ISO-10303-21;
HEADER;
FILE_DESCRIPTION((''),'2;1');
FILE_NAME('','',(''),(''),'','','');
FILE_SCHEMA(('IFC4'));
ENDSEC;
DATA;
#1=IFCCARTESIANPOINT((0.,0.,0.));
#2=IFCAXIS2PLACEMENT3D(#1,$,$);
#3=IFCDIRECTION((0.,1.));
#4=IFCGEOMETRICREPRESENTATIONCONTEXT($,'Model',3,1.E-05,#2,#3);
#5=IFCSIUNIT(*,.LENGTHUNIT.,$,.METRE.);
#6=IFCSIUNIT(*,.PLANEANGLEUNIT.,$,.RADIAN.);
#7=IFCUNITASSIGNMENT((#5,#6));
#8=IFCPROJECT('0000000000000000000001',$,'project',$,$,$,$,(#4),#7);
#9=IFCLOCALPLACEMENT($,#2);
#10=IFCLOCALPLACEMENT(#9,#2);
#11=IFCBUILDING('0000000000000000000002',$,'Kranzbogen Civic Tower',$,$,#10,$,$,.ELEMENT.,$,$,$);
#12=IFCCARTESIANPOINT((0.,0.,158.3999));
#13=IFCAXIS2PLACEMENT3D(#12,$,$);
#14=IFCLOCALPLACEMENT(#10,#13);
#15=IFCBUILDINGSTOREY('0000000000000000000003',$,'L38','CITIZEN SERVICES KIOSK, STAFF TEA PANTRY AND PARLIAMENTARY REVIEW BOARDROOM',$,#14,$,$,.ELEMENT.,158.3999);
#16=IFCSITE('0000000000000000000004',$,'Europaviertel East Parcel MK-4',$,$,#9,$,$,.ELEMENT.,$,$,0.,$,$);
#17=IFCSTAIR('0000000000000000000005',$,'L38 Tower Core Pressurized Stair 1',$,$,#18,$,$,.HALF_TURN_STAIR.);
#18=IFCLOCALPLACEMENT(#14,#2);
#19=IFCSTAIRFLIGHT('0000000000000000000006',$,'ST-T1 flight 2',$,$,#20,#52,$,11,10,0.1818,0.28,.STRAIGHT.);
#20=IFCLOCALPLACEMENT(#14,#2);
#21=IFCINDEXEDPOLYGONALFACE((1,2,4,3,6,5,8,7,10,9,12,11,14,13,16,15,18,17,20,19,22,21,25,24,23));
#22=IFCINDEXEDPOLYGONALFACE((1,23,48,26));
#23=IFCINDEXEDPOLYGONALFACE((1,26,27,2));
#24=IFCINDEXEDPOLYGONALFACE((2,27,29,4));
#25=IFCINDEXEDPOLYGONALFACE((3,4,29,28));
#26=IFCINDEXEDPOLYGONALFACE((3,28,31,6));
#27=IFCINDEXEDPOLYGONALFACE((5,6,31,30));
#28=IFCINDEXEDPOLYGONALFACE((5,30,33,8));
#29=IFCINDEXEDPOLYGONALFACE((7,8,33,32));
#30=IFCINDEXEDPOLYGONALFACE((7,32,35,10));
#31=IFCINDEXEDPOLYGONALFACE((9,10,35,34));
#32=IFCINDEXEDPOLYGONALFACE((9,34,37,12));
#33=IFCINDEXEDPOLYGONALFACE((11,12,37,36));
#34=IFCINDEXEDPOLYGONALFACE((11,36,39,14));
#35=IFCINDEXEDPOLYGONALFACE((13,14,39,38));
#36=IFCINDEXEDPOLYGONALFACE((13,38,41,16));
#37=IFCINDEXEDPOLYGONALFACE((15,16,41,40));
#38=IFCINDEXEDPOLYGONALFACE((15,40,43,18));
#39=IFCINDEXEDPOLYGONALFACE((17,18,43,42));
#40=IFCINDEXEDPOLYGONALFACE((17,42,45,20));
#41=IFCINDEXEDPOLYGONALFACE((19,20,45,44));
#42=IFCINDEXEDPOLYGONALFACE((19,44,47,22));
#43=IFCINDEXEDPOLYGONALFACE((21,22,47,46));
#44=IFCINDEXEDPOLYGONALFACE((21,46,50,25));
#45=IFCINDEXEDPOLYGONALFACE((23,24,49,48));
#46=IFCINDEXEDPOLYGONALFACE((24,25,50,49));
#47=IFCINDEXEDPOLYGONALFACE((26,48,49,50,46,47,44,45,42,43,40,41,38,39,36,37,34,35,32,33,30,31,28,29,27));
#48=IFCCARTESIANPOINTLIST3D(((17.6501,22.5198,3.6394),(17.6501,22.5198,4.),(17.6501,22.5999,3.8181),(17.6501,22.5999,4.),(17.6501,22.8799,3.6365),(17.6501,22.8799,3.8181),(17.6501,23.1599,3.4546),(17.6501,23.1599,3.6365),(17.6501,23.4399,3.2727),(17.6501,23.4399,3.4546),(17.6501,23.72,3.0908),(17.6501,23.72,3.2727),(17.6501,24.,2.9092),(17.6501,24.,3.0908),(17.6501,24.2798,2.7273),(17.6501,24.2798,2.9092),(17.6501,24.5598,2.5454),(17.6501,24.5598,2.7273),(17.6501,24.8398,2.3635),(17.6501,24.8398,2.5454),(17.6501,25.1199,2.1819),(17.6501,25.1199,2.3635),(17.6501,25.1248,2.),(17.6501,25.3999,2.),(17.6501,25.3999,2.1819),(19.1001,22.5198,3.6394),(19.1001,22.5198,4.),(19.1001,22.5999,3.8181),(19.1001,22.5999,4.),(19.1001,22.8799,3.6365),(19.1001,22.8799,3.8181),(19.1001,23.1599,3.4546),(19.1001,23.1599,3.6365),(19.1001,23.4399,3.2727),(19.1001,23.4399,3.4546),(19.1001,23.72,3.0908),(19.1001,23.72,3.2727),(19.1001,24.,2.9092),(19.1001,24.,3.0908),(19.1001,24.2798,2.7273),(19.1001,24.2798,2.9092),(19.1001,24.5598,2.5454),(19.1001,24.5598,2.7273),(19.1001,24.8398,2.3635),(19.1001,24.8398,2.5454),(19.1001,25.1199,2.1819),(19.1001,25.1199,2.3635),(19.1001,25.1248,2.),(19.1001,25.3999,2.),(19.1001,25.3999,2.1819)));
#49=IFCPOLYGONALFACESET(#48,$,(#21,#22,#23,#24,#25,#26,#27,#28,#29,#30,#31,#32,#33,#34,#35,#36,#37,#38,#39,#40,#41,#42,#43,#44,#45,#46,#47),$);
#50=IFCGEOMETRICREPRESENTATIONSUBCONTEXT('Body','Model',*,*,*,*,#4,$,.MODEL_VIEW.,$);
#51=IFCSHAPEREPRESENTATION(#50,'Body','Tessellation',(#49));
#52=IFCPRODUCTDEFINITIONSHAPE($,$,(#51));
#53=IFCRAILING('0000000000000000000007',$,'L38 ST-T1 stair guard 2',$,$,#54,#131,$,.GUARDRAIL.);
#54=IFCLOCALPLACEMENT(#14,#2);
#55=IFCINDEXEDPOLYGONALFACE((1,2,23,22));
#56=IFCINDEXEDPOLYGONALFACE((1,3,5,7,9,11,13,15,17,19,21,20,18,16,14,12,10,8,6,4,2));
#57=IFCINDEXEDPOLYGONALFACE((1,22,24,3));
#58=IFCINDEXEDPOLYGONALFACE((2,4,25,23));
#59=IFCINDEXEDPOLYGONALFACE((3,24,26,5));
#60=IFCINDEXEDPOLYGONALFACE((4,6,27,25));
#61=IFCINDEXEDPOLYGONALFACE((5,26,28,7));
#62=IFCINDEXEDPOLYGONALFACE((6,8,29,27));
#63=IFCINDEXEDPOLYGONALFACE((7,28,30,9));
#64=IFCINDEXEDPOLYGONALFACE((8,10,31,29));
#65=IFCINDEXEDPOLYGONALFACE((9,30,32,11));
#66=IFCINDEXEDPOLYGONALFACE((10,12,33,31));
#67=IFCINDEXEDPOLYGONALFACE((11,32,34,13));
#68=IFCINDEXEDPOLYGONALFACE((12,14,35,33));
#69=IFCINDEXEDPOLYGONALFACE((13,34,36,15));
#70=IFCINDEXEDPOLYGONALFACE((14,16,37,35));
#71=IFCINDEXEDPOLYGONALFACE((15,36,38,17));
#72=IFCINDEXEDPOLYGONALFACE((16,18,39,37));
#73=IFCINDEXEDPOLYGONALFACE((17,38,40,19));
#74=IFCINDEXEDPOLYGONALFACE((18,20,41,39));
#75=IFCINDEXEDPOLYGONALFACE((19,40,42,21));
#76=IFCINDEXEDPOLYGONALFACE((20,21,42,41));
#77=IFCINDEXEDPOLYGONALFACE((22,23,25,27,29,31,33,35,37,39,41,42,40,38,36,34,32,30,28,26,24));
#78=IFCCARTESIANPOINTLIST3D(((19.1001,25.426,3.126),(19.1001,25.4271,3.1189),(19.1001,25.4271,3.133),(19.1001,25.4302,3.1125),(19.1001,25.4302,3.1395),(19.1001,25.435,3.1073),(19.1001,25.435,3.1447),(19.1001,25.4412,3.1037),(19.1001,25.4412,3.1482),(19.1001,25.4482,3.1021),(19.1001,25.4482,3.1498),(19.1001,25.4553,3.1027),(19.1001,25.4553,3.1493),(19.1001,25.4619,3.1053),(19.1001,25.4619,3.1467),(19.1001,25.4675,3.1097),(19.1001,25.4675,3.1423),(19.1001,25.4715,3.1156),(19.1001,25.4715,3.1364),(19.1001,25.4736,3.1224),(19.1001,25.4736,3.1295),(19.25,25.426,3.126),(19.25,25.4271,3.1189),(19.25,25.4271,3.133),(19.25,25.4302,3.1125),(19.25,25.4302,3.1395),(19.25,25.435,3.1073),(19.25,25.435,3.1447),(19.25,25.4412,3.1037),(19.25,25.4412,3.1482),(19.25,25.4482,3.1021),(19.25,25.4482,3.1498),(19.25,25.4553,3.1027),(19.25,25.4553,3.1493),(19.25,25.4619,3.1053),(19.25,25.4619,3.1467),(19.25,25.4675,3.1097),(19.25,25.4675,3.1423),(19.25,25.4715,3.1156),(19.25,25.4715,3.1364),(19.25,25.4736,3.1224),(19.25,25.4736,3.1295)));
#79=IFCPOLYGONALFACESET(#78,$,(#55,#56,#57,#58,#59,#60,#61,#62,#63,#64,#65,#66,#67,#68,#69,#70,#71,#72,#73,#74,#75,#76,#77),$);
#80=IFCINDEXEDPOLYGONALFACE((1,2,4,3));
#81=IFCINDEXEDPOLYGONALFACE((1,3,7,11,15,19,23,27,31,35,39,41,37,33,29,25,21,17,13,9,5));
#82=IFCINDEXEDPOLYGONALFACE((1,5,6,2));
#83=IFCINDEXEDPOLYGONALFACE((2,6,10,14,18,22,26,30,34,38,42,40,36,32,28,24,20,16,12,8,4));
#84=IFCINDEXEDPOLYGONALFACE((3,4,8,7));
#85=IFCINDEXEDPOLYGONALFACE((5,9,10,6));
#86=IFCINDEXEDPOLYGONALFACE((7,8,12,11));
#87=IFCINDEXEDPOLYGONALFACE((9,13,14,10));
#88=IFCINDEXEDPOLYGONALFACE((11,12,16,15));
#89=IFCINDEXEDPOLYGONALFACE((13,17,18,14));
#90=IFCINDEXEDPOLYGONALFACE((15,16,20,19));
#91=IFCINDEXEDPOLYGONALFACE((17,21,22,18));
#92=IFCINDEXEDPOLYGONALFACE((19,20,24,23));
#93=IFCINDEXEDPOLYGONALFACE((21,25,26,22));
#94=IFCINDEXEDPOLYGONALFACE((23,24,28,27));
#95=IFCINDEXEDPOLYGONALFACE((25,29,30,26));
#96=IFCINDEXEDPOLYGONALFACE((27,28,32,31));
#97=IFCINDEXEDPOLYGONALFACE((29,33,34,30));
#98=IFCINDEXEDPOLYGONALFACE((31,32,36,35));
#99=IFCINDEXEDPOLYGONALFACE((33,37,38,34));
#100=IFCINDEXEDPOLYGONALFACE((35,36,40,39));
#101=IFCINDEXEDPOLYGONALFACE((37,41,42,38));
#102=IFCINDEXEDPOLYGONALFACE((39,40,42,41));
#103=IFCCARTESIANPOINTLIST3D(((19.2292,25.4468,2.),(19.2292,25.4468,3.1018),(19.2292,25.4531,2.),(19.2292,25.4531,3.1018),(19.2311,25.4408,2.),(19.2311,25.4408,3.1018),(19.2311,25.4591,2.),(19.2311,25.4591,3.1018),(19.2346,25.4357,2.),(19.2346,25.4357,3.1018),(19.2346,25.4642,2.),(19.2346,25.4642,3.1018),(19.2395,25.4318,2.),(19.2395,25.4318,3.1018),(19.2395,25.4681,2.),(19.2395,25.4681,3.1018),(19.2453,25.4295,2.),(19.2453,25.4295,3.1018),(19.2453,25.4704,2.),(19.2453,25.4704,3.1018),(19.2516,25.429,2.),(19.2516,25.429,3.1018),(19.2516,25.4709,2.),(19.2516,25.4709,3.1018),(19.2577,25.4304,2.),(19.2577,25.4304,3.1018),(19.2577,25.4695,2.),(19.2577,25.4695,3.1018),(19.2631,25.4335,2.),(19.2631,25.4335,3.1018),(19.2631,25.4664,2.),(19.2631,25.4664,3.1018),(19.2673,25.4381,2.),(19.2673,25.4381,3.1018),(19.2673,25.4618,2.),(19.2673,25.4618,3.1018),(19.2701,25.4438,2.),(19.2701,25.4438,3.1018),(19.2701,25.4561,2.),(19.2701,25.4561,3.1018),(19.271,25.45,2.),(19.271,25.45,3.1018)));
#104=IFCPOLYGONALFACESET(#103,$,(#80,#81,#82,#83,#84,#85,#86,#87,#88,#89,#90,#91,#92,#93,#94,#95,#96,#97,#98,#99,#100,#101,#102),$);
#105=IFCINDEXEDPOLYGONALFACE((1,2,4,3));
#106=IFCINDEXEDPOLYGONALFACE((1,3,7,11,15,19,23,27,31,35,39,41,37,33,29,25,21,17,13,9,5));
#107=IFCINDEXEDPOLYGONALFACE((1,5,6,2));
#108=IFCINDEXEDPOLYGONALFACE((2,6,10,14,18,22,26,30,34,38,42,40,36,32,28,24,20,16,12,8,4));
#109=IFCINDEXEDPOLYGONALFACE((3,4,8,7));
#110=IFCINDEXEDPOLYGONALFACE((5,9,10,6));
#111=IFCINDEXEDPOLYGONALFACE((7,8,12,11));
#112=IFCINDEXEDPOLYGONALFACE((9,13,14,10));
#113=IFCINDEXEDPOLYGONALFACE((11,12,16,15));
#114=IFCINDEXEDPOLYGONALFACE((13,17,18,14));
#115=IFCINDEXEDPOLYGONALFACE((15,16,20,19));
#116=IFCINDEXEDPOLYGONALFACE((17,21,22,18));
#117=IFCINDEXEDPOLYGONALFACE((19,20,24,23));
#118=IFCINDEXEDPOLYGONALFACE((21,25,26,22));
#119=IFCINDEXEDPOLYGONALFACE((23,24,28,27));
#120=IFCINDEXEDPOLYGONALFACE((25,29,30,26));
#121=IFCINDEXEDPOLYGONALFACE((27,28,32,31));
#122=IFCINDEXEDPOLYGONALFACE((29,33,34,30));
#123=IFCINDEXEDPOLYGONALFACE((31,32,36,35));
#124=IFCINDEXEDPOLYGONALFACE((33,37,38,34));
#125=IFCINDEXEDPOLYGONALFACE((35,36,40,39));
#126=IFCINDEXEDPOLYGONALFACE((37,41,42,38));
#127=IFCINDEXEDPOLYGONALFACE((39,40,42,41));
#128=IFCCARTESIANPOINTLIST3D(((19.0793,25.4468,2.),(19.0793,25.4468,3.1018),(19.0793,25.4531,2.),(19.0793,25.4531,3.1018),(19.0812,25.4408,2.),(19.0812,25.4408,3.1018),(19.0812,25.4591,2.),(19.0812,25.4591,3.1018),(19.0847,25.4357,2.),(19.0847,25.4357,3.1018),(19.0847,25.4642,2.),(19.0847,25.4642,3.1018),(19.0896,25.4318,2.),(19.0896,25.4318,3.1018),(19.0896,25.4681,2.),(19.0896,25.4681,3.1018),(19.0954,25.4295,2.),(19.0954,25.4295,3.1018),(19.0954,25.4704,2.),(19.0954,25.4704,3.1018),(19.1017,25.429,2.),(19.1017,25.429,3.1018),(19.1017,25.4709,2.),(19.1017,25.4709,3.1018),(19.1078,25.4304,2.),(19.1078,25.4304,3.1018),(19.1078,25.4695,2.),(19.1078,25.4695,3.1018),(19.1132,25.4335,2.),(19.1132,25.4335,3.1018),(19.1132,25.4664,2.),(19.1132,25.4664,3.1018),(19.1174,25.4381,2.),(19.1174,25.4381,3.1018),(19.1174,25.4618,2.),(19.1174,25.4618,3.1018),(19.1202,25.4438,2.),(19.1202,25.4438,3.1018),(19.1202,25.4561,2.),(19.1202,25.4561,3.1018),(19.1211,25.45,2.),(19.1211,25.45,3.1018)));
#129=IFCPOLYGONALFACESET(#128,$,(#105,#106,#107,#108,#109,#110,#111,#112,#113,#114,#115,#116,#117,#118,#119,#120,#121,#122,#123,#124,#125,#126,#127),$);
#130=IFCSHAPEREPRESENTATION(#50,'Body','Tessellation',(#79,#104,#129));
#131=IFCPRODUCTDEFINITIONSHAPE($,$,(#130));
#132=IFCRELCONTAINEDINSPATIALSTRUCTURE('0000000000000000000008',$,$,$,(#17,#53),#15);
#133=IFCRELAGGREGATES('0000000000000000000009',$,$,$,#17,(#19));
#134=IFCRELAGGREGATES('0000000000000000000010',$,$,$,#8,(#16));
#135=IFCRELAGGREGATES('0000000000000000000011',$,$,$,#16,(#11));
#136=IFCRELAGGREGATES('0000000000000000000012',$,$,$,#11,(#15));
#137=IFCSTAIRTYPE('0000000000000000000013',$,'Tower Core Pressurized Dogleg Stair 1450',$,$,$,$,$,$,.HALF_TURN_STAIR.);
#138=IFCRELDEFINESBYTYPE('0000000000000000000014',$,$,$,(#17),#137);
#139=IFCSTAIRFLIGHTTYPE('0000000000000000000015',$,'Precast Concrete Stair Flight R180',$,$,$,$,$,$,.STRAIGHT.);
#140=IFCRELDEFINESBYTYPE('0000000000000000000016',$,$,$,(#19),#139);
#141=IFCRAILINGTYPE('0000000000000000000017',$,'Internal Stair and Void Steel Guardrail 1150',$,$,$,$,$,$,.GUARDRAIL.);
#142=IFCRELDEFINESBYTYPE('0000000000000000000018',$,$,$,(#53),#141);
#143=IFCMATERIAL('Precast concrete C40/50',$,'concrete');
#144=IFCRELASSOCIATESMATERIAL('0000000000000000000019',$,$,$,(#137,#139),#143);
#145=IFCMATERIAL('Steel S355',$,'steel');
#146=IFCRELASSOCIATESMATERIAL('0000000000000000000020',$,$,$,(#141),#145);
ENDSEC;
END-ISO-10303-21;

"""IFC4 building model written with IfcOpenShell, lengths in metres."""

from ifc_helpers import new_model, si_unit, direction, frame, origin, origin_2d, place, context, subcontext, project, spatial, polyline, circle, outline, extrude, material, type_object, element, aggregate, save


model = new_model("IFC4")

# Units and contexts
model_context = context("Model", 3, precision=1e-05, world=origin(), true_north=direction((0.0, 1.0)))
body_context = subcontext(model_context, "Body", "Model", "MODEL_VIEW")
ifc_project = project(units=[si_unit("LENGTHUNIT", "METRE"), si_unit("PLANEANGLEUNIT", "RADIAN")], contexts=[model_context])

# Site, building, storey
site_placement = place(None, origin())
site = spatial("IfcSite", under=ifc_project, at=site_placement, Name="Europaviertel East Parcel MK-4", CompositionType="ELEMENT", RefElevation=0.0)
building_placement = place(site_placement, origin())
building = spatial("IfcBuilding", under=site, at=building_placement, Name="Kranzbogen Civic Tower", CompositionType="ELEMENT")
storey_placement = place(building_placement, frame((0.0, 0.0, 158.3999)))
storey = spatial("IfcBuildingStorey", under=building, at=storey_placement, Name="L38", Description="CITIZEN SERVICES KIOSK, STAFF TEA PANTRY AND PARLIAMENTARY REVIEW BOARDROOM", CompositionType="ELEMENT", Elevation=158.3999)

# Shared definitions
ifc_material_1 = material(Name="Steel S355", Category="steel")

# Stair, stair flight
ifc_material_2 = material(Name="Precast concrete C40/50", Category="concrete")
stair_type = type_object("IfcStairType", Name="Tower Core Pressurized Dogleg Stair 1450", PredefinedType="HALF_TURN_STAIR", material=ifc_material_2)
stair_placement = place(storey_placement, origin())
stair = element("IfcStair", 1, at=stair_placement, inside=storey, type_object=stair_type, Name="L38 Tower Core Pressurized Stair 1", PredefinedType="HALF_TURN_STAIR")
stair_flight_type = type_object("IfcStairFlightType", Name="Precast Concrete Stair Flight R180", PredefinedType="STRAIGHT", material=ifc_material_2)
stair_flight_placement = place(storey_placement, frame((18.375, 25.3999, 2.0), z_axis=(0.0, 0.0, 1.0), x_axis=(0.0, -1.0, 0.0)))
stair_flight = element("IfcStairFlight", 2, at=stair_flight_placement, type_object=stair_flight_type, Name="ST-T1 flight 2", NumberOfRisers=11, NumberOfTreads=10, PredefinedType="STRAIGHT", RiserHeight=0.1818, TreadLength=0.28, context=body_context, shape_type="SweptSolid", body=[
    extrude(outline(polyline([(0.0, 0.0), (0.0, 0.1819), (0.28, 0.1819), (0.28, 0.3635), (0.5601, 0.3635), (0.5601, 0.5454), (0.8401, 0.5454), (0.8401, 0.7273), (1.1201, 0.7273), (1.1201, 0.9092), (1.3999, 0.9092), (1.3999, 1.0908), (1.6799, 1.0908), (1.6799, 1.2727), (1.96, 1.2727), (1.96, 1.4546), (2.24, 1.4546), (2.24, 1.6365), (2.52, 1.6365), (2.52, 1.8181), (2.8, 1.8181), (2.8, 2.0), (2.8801, 2.0), (2.8801, 1.6394), (0.2751, 0.0), (0.0, 0.0)])), frame((0.0, 0.7251, 0.0), z_axis=(0.0, -1.0, 0.0), x_axis=(1.0, 0.0, 0.0)), (0.0, 0.0, 1.0), 1.45),
])
aggregate(stair, [stair_flight])

# Railing
railing_type_1 = type_object("IfcRailingType", Name="Internal Stair and Void Steel Guardrail 1150", PredefinedType="GUARDRAIL", material=ifc_material_1)
railing_1_placement = place(storey_placement, frame((19.25, 25.45, 2.0)))
element("IfcRailing", 3, at=railing_1_placement, inside=storey, type_object=railing_type_1, Name="L38 ST-T1 stair guard 2", PredefinedType="GUARDRAIL", context=body_context, shape_type="SweptSolid", body=[
    extrude(circle(Radius=0.0239, at=origin_2d()), frame((0.0, 0.0, 1.126), z_axis=(-1.0, 0.0, 0.0), x_axis=(0.0, -1.0, 0.0)), (0.0, 0.0, 1.0), 0.1499),
    extrude(circle(Radius=0.021, at=origin_2d()), origin(), (0.0, 0.0, 1.0), 1.1018),
    extrude(circle(Radius=0.021, at=origin_2d()), frame((-0.1499, 0.0, 0.0)), (0.0, 0.0, 1.0), 1.1018),
])

save(model, "model.ifc")
